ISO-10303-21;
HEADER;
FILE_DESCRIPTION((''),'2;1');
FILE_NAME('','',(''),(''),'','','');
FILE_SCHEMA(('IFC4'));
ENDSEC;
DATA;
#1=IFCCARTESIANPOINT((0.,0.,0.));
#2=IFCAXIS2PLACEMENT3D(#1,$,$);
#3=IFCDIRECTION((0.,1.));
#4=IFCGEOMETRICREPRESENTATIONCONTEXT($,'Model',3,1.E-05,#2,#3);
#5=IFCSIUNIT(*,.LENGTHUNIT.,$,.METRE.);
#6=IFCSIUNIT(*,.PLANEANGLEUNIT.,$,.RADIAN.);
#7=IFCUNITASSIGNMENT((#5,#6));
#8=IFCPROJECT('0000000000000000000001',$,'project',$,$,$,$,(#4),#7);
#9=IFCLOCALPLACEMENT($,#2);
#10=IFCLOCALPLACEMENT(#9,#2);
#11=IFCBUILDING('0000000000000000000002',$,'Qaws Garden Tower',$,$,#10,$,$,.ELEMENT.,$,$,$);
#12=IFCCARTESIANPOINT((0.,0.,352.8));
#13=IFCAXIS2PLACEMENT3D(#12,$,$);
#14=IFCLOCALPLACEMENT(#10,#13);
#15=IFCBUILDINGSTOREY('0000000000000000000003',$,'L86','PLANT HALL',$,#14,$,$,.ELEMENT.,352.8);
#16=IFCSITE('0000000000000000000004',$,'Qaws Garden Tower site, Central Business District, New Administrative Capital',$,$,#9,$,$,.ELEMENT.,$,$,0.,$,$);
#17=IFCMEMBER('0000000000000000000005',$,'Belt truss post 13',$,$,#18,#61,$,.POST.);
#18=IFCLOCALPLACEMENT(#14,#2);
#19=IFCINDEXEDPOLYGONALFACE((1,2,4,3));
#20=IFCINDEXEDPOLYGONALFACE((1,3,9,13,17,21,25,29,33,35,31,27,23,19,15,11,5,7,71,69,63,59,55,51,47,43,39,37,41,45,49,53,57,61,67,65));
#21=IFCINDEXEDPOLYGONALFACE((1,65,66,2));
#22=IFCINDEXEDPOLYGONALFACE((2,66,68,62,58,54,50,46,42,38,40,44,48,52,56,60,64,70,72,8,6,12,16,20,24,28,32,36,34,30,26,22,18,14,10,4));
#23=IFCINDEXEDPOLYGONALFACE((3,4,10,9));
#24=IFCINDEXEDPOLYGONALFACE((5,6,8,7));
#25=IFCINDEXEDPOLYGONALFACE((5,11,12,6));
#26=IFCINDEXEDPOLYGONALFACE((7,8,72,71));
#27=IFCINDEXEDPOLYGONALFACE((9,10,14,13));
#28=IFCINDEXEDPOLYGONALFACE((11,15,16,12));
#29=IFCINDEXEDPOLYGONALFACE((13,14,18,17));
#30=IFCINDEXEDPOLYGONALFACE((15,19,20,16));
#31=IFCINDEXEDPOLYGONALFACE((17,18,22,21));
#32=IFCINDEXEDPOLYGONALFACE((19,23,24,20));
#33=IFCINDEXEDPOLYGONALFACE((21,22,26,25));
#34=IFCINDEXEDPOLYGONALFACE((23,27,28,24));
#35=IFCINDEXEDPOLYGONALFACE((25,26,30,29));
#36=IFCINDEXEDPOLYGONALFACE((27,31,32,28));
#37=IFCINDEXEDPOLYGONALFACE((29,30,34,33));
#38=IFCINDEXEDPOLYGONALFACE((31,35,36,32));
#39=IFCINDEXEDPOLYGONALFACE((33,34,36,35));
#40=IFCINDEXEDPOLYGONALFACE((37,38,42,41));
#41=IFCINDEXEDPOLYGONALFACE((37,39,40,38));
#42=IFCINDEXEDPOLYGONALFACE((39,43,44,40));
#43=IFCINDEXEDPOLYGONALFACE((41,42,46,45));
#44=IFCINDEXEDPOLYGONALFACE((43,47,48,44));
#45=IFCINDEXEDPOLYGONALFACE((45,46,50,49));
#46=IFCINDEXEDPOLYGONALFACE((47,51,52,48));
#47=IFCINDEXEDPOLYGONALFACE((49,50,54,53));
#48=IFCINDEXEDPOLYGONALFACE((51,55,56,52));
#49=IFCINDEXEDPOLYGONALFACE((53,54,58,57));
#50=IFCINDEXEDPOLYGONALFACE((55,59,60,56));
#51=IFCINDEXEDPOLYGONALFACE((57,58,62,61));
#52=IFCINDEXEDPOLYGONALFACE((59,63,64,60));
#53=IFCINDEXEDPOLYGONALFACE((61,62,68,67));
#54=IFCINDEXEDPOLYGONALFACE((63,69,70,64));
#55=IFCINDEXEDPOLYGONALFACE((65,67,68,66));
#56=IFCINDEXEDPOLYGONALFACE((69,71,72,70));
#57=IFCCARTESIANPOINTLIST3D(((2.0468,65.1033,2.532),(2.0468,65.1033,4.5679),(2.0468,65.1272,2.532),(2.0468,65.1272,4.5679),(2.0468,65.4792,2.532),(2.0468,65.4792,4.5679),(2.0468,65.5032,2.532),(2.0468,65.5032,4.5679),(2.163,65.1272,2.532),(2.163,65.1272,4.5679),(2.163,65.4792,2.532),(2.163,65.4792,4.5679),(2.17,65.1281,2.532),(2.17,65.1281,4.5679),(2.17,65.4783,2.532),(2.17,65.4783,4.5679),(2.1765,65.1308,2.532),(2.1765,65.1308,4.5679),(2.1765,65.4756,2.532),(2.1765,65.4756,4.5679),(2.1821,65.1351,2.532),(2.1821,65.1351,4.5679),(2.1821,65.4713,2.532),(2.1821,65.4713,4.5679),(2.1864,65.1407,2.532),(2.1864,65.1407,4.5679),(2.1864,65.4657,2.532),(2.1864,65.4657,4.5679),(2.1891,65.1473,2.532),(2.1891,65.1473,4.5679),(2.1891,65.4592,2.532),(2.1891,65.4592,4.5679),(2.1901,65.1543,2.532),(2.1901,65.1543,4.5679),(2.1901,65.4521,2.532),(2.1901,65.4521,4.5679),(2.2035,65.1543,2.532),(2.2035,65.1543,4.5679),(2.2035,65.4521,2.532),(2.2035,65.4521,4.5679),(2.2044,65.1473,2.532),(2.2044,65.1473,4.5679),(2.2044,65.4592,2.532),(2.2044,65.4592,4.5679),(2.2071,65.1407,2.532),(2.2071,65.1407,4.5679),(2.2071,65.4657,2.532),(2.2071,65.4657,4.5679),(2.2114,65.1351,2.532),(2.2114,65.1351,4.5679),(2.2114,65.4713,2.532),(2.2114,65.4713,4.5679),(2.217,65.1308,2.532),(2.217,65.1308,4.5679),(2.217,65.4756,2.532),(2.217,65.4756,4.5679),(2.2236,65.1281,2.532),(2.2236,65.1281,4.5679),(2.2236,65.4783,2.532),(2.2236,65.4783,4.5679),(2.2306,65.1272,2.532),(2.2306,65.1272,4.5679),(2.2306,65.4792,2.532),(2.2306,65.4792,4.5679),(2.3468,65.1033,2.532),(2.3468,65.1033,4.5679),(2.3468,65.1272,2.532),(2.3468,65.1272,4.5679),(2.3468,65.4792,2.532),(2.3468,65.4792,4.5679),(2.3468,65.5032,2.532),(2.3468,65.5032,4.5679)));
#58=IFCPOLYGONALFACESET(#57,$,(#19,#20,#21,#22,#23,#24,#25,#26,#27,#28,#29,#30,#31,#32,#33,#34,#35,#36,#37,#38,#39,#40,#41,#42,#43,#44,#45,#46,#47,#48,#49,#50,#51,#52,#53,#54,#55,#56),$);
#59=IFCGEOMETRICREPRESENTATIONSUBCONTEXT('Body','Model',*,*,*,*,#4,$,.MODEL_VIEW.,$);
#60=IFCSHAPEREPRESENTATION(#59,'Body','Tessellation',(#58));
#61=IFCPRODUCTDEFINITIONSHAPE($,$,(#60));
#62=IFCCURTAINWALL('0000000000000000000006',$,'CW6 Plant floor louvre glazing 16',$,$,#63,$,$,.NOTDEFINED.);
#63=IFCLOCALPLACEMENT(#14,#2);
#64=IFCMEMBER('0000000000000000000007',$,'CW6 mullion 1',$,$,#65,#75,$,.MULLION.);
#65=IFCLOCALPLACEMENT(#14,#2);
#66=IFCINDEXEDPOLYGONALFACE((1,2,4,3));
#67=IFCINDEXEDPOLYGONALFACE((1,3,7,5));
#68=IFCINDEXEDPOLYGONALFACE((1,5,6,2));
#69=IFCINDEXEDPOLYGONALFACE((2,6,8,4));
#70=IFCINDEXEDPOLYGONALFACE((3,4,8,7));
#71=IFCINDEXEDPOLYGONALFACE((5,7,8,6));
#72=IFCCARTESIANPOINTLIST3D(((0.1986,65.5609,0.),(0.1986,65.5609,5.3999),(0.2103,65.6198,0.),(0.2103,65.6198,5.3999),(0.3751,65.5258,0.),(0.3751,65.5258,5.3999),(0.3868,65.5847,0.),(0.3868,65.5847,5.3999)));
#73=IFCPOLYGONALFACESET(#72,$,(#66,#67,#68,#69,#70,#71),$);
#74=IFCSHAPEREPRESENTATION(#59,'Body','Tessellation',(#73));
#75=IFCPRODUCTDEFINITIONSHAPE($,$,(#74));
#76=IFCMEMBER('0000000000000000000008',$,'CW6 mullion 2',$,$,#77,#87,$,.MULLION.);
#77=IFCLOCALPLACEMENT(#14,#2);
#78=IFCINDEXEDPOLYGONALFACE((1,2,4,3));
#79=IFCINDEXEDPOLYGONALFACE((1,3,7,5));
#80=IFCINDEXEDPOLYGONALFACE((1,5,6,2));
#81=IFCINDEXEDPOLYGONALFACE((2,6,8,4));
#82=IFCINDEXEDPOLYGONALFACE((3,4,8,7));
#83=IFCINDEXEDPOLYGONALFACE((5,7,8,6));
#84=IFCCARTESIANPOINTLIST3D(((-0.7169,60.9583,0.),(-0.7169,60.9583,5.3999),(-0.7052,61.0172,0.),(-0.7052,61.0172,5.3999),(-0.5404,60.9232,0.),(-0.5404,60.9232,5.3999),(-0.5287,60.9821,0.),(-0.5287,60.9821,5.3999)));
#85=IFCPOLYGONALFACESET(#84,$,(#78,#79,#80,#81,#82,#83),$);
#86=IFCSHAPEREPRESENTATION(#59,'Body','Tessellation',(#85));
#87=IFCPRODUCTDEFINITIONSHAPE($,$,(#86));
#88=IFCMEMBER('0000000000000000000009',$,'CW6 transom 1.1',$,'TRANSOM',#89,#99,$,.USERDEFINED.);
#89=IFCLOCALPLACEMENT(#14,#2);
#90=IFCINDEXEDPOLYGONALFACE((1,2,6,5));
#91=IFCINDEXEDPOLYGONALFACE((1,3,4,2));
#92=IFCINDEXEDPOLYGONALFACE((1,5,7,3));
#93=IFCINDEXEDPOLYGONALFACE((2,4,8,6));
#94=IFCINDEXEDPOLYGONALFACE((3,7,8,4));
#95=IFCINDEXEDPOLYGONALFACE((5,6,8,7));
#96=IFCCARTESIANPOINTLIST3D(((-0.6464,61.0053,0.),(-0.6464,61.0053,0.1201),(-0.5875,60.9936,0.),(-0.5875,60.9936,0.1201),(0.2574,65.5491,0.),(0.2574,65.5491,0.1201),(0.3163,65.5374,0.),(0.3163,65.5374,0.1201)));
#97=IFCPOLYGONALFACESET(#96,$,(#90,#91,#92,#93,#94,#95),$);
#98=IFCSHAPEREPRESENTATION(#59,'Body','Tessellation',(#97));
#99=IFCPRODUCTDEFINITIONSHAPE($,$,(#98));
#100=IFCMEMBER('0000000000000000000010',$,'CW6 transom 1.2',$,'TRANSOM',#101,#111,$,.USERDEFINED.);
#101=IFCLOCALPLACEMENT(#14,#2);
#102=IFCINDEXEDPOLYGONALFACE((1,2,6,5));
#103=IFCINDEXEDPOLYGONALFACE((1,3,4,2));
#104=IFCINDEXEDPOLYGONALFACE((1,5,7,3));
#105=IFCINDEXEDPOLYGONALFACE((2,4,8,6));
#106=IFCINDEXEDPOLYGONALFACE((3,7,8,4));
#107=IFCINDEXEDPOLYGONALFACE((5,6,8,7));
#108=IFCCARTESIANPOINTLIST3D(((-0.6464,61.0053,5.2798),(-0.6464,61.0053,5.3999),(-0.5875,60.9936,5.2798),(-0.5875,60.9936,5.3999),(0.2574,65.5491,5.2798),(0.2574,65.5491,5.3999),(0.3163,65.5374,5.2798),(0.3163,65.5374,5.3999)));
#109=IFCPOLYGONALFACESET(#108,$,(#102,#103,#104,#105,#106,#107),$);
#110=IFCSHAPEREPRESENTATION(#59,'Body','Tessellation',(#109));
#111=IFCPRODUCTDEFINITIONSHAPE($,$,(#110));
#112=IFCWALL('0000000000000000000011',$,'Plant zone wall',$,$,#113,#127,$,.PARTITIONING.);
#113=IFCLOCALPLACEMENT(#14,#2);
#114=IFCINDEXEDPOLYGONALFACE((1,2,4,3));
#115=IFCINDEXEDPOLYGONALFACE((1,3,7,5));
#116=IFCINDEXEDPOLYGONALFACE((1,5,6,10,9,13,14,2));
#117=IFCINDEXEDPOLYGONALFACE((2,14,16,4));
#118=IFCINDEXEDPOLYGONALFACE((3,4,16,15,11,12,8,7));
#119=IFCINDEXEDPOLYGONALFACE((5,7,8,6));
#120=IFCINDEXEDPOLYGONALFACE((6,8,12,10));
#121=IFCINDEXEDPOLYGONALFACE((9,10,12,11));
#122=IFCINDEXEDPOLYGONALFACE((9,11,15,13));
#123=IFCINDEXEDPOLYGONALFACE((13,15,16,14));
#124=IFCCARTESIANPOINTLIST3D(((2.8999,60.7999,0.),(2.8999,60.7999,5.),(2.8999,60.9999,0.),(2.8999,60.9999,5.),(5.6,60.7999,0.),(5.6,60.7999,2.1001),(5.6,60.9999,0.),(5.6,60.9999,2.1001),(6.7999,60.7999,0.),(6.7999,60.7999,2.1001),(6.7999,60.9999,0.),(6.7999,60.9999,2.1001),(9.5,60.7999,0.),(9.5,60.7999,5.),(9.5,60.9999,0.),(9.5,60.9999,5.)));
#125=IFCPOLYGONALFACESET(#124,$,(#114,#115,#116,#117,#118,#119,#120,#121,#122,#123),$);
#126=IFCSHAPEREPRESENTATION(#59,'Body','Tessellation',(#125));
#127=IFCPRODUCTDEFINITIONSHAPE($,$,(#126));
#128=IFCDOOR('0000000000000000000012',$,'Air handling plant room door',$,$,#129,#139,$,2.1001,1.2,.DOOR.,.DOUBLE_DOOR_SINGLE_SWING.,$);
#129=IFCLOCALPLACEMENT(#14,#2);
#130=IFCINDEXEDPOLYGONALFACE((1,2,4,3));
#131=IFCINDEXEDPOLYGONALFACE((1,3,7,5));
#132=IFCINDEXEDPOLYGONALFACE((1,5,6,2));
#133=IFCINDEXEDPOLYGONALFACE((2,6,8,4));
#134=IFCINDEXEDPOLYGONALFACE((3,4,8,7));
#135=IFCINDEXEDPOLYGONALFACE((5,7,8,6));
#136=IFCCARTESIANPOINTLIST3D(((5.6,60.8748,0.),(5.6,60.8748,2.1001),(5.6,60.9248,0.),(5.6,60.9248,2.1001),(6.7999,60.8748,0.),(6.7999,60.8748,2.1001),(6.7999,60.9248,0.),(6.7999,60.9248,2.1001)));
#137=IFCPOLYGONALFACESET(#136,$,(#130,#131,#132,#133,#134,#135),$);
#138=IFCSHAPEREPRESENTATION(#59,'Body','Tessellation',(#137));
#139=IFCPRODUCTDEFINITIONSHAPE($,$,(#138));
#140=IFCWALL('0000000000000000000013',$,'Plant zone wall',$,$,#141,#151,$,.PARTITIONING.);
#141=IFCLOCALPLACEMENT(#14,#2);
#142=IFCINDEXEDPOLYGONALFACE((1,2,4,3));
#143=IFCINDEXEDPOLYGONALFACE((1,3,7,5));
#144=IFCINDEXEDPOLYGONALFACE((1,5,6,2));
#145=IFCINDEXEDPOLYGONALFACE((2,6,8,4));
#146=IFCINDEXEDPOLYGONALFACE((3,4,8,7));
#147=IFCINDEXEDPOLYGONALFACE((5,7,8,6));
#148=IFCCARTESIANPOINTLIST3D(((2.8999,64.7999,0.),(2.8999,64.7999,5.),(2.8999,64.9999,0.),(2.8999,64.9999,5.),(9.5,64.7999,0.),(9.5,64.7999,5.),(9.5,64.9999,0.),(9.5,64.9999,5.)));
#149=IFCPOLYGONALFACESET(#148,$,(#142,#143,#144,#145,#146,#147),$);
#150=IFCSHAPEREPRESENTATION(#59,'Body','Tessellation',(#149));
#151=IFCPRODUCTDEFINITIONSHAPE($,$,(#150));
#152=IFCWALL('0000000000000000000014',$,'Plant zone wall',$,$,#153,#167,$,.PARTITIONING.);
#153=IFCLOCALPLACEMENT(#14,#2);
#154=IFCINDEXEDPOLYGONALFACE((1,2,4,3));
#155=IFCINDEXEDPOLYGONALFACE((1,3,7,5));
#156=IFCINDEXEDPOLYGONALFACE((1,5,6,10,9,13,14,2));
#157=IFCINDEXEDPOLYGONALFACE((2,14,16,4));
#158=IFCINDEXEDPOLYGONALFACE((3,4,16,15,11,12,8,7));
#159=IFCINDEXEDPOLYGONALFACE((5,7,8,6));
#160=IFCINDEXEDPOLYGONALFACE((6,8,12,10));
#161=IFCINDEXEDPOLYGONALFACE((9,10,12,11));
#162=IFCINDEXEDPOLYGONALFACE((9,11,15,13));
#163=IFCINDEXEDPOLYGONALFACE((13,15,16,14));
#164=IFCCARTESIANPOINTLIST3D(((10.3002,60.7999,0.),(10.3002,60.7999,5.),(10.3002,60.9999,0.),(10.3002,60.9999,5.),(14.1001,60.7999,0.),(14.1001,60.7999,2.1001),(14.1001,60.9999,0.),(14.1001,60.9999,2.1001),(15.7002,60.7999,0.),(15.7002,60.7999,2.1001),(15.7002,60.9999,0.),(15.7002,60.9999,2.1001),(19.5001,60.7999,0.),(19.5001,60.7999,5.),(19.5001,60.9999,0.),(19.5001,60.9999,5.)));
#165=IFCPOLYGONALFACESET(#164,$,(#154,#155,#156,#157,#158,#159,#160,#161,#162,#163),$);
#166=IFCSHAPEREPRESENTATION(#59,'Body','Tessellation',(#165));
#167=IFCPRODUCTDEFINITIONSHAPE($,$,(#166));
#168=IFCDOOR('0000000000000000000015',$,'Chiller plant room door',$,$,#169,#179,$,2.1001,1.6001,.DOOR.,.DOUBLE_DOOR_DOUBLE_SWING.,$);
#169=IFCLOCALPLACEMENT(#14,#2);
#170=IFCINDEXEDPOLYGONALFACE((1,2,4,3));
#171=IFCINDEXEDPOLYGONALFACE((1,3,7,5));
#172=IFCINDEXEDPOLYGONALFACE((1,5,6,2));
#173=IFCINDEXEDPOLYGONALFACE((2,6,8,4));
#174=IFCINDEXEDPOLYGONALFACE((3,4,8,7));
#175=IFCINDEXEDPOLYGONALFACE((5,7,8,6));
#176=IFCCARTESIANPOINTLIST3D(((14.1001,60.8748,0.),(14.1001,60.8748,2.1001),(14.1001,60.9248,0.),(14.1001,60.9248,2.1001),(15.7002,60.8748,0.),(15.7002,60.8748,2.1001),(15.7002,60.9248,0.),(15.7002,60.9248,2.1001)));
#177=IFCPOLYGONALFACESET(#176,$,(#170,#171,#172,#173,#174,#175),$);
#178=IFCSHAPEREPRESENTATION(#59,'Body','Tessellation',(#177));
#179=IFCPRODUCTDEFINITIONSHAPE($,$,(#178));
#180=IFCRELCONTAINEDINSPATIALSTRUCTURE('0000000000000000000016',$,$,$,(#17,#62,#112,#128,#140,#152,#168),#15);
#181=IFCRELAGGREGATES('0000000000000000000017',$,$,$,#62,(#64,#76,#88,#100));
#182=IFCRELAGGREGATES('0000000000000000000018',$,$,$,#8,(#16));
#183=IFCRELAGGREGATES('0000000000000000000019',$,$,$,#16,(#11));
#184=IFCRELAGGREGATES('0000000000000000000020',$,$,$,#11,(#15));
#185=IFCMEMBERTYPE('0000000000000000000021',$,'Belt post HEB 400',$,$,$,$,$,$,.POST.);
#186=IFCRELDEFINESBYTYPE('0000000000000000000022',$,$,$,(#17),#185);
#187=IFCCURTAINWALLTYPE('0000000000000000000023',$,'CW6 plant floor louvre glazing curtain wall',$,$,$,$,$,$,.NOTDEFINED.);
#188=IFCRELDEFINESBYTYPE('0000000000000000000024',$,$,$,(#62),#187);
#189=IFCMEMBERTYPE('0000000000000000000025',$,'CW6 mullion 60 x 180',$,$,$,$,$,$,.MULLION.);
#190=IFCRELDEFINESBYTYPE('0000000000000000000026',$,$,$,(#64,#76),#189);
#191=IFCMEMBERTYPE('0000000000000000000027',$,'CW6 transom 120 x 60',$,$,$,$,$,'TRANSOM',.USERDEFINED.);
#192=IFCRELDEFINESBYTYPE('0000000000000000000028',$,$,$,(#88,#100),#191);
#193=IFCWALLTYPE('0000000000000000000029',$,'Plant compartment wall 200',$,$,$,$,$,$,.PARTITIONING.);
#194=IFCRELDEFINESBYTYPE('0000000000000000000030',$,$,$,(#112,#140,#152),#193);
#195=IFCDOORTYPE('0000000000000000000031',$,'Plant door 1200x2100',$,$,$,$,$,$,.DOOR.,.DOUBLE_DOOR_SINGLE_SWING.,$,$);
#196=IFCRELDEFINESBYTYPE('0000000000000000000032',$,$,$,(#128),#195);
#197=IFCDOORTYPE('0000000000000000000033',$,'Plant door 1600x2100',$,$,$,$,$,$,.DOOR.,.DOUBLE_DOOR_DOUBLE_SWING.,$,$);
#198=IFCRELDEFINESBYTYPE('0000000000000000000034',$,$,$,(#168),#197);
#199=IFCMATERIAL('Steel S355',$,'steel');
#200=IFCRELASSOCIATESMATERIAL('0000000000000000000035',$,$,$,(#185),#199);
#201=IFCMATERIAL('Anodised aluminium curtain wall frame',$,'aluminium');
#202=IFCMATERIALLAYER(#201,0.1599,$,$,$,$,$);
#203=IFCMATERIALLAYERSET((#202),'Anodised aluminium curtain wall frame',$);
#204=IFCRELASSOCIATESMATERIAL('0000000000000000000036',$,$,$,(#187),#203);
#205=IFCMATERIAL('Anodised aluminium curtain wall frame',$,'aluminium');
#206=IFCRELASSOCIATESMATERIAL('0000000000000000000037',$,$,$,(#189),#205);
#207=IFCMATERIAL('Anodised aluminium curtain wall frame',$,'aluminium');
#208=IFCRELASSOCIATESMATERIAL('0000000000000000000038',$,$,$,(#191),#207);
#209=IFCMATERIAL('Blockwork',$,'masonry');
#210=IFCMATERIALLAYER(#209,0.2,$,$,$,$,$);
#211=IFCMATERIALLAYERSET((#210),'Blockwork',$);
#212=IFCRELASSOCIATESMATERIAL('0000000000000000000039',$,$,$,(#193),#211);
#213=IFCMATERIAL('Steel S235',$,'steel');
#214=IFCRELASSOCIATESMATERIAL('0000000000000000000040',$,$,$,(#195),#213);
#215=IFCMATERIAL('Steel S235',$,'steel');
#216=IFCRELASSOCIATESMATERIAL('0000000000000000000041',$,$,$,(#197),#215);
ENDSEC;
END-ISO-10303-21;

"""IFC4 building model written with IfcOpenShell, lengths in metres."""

from ifc_helpers import new_model, si_unit, direction, frame, frame_2d, origin, origin_2d, place, context, subcontext, project, spatial, rectangle, i_section, extrude, material, layer, layer_set, material_profile, profile_set, type_object, element, fill, aggregate, save


model = new_model("IFC4")

# Units and contexts
model_context = context("Model", 3, precision=1e-05, world=origin(), true_north=direction((0.0, 1.0)))
body_context = subcontext(model_context, "Body", "Model", "MODEL_VIEW")
ifc_project = project(units=[si_unit("LENGTHUNIT", "METRE"), si_unit("PLANEANGLEUNIT", "RADIAN")], contexts=[model_context])

# Site, building, storey
site_placement = place(None, origin())
site = spatial("IfcSite", under=ifc_project, at=site_placement, Name="Qaws Garden Tower site, Central Business District, New Administrative Capital", CompositionType="ELEMENT", RefElevation=0.0)
building_placement = place(site_placement, origin())
building = spatial("IfcBuilding", under=site, at=building_placement, Name="Qaws Garden Tower", CompositionType="ELEMENT")
storey_placement = place(building_placement, frame((0.0, 0.0, 352.8)))
storey = spatial("IfcBuildingStorey", under=building, at=storey_placement, Name="L86", Description="PLANT HALL", CompositionType="ELEMENT", Elevation=352.8)

# Member
ifc_material_1 = material(Name="Steel S355", Category="steel")
ifc_material_profile_1 = material_profile(ifc_material_1, i_section(OverallWidth=0.3, OverallDepth=0.3999, WebThickness=0.0134, FlangeThickness=0.0239, FilletRadius=0.0271, at=origin_2d()), Name="HEB 400")
ifc_profile_set_1 = profile_set([ifc_material_profile_1], Name="Steel S355")
member_type_1 = type_object("IfcMemberType", Name="Belt post HEB 400", PredefinedType="POST", material=ifc_profile_set_1)
member_1_placement = place(storey_placement, frame((2.1968, 65.3032, 2.532), z_axis=(0.0, 0.0, 1.0), x_axis=(1.0, 0.0, 0.0)))
element("IfcMember", 1, at=member_1_placement, inside=storey, type_object=member_type_1, Name="Belt truss post 13", PredefinedType="POST", context=body_context, shape_type="SweptSolid", body=[
    extrude(i_section(OverallWidth=0.3, OverallDepth=0.3999, WebThickness=0.0134, FlangeThickness=0.0239, FilletRadius=0.0271, at=origin_2d()), origin(), (0.0, 0.0, 1.0), 2.0359),
])

# Curtain wall, members
ifc_material_2 = material(Name="Anodised aluminium curtain wall frame", Category="aluminium")
ifc_layer_1 = layer(ifc_material_2, 0.1599)
ifc_layer_set_1 = layer_set([ifc_layer_1], Name="Anodised aluminium curtain wall frame")
curtain_wall_type = type_object("IfcCurtainWallType", Name="CW6 plant floor louvre glazing curtain wall", PredefinedType="NOTDEFINED", material=ifc_layer_set_1)
placement_1 = place(storey_placement, origin())
curtain_wall_1 = element("IfcCurtainWall", 2, at=placement_1, inside=storey, type_object=curtain_wall_type, Name="CW6 Plant floor louvre glazing 16", PredefinedType="NOTDEFINED")
ifc_material_3 = material(Name="Anodised aluminium curtain wall frame", Category="aluminium")
ifc_material_profile_2 = material_profile(ifc_material_3, rectangle(XDim=0.1799, YDim=0.0601, at=origin_2d()), Name="AL 60x180")
ifc_profile_set_2 = profile_set([ifc_material_profile_2], Name="Anodised aluminium curtain wall frame")
member_type_2 = type_object("IfcMemberType", Name="CW6 mullion 60 x 180", PredefinedType="MULLION", material=ifc_profile_set_2)
member_2_placement = place(storey_placement, frame((0.2927, 65.5728, 0.0), z_axis=(0.0, 0.0, 1.0), x_axis=(0.980785, -0.19509, 0.0)))
member_2 = element("IfcMember", 3, at=member_2_placement, type_object=member_type_2, Name="CW6 mullion 1", PredefinedType="MULLION", context=body_context, shape_type="SweptSolid", body=[
    extrude(rectangle(XDim=0.1799, YDim=0.0601, at=origin_2d()), origin(), (0.0, 0.0, 1.0), 5.3999),
])
member_3_placement = place(storey_placement, frame((-0.6228, 60.9702, 0.0), z_axis=(0.0, 0.0, 1.0), x_axis=(0.980785, -0.19509, 0.0)))
member_3 = element("IfcMember", 4, at=member_3_placement, type_object=member_type_2, Name="CW6 mullion 2", PredefinedType="MULLION", context=body_context, shape_type="SweptSolid", body=[
    extrude(rectangle(XDim=0.1799, YDim=0.0601, at=origin_2d()), origin(), (0.0, 0.0, 1.0), 5.3999),
])
ifc_material_4 = material(Name="Anodised aluminium curtain wall frame", Category="aluminium")
ifc_material_profile_3 = material_profile(ifc_material_4, rectangle(XDim=0.0601, YDim=0.1201, at=origin_2d()), Name="AL 60x120")
ifc_profile_set_3 = profile_set([ifc_material_profile_3], Name="Anodised aluminium curtain wall frame")
member_type_3 = type_object("IfcMemberType", Name="CW6 transom 120 x 60", ElementType="TRANSOM", PredefinedType="USERDEFINED", material=ifc_profile_set_3)
member_4_placement = place(storey_placement, frame((0.2869, 65.5432, 0.0601), z_axis=(-0.195092, -0.980785, 0.0), x_axis=(0.980785, -0.195092, 0.0)))
member_4 = element("IfcMember", 5, at=member_4_placement, type_object=member_type_3, Name="CW6 transom 1.1", ObjectType="TRANSOM", PredefinedType="USERDEFINED", context=body_context, shape_type="SweptSolid", body=[
    extrude(rectangle(XDim=0.0601, YDim=0.1201, at=origin_2d()), origin(), (0.0, 0.0, 1.0), 4.6328),
])
member_5_placement = place(storey_placement, frame((0.2869, 65.5432, 5.3398), z_axis=(-0.195092, -0.980785, 0.0), x_axis=(0.980785, -0.195092, 0.0)))
member_5 = element("IfcMember", 6, at=member_5_placement, type_object=member_type_3, Name="CW6 transom 1.2", ObjectType="TRANSOM", PredefinedType="USERDEFINED", context=body_context, shape_type="SweptSolid", body=[
    extrude(rectangle(XDim=0.0601, YDim=0.1201, at=origin_2d()), origin(), (0.0, 0.0, 1.0), 4.6328),
])
aggregate(curtain_wall_1, [member_2, member_3, member_4, member_5])

# Wall, opening, door
ifc_material_5 = material(Name="Blockwork", Category="masonry")
ifc_layer_2 = layer(ifc_material_5, 0.2)
ifc_layer_set_2 = layer_set([ifc_layer_2], Name="Blockwork")
wall_type = type_object("IfcWallType", Name="Plant compartment wall 200", PredefinedType="PARTITIONING", material=ifc_layer_set_2)
wall_1_placement = place(storey_placement, frame((2.8999, 60.8999, 0.0), z_axis=(0.0, 0.0, 1.0), x_axis=(1.0, 0.0, 0.0)))
wall_1 = element("IfcWall", 7, at=wall_1_placement, inside=storey, type_object=wall_type, Name="Plant zone wall", PredefinedType="PARTITIONING", context=body_context, shape_type="SweptSolid", body=[
    extrude(rectangle(XDim=6.6001, YDim=0.2, at=frame_2d((3.3, 0.0))), origin(), (0.0, 0.0, 1.0), 5.0),
])
opening_1_placement = place(wall_1_placement, frame((2.7, 0.0, 0.0)))
opening_1 = element("IfcOpeningElement", 8, at=opening_1_placement, cuts=wall_1, PredefinedType="OPENING", context=body_context, shape_type="SweptSolid", body=[
    extrude(rectangle(XDim=1.2, YDim=2.1001, at=frame_2d((0.6001, 1.05))), frame((0.0, 0.1099, 0.0), z_axis=(0.0, -1.0, 0.0), x_axis=(1.0, 0.0, 0.0)), (0.0, 0.0, 1.0), 0.22),
])
ifc_material_6 = material(Name="Steel S235", Category="steel")
door_type_1 = type_object("IfcDoorType", Name="Plant door 1200x2100", OperationType="DOUBLE_DOOR_SINGLE_SWING", PredefinedType="DOOR", material=ifc_material_6)
door_1_placement = place(opening_1_placement, origin())
door_1 = element("IfcDoor", 9, at=door_1_placement, inside=storey, type_object=door_type_1, Name="Air handling plant room door", OperationType="DOUBLE_DOOR_SINGLE_SWING", OverallHeight=2.1001, OverallWidth=1.2, PredefinedType="DOOR", context=body_context, shape_type="SweptSolid", body=[
    extrude(rectangle(XDim=1.2, YDim=2.1001, at=frame_2d((0.6001, 1.05))), frame((0.0, 0.0249, 0.0), z_axis=(0.0, -1.0, 0.0), x_axis=(1.0, 0.0, 0.0)), (0.0, 0.0, 1.0), 0.05),
])
fill(opening_1, door_1)

# Wall
wall_2_placement = place(storey_placement, frame((2.8999, 64.8999, 0.0), z_axis=(0.0, 0.0, 1.0), x_axis=(1.0, 0.0, 0.0)))
element("IfcWall", 10, at=wall_2_placement, inside=storey, type_object=wall_type, Name="Plant zone wall", PredefinedType="PARTITIONING", context=body_context, shape_type="SweptSolid", body=[
    extrude(rectangle(XDim=6.6001, YDim=0.2, at=frame_2d((3.3, 0.0))), origin(), (0.0, 0.0, 1.0), 5.0),
])

# Wall, opening, door
wall_3_placement = place(storey_placement, frame((10.3, 60.8999, 0.0), z_axis=(0.0, 0.0, 1.0), x_axis=(1.0, 0.0, 0.0)))
wall_3 = element("IfcWall", 11, at=wall_3_placement, inside=storey, type_object=wall_type, Name="Plant zone wall", PredefinedType="PARTITIONING", context=body_context, shape_type="SweptSolid", body=[
    extrude(rectangle(XDim=9.2, YDim=0.2, at=frame_2d((4.6001, 0.0))), origin(), (0.0, 0.0, 1.0), 5.0),
])
opening_2_placement = place(wall_3_placement, frame((3.8, 0.0, 0.0)))
opening_2 = element("IfcOpeningElement", 12, at=opening_2_placement, cuts=wall_3, PredefinedType="OPENING", context=body_context, shape_type="SweptSolid", body=[
    extrude(rectangle(XDim=1.6001, YDim=2.1001, at=frame_2d((0.8, 1.05))), frame((0.0, 0.1099, 0.0), z_axis=(0.0, -1.0, 0.0), x_axis=(1.0, 0.0, 0.0)), (0.0, 0.0, 1.0), 0.22),
])
ifc_material_7 = material(Name="Steel S235", Category="steel")
door_type_2 = type_object("IfcDoorType", Name="Plant door 1600x2100", OperationType="DOUBLE_DOOR_DOUBLE_SWING", PredefinedType="DOOR", material=ifc_material_7)
door_2_placement = place(opening_2_placement, origin())
door_2 = element("IfcDoor", 13, at=door_2_placement, inside=storey, type_object=door_type_2, Name="Chiller plant room door", OperationType="DOUBLE_DOOR_DOUBLE_SWING", OverallHeight=2.1001, OverallWidth=1.6001, PredefinedType="DOOR", context=body_context, shape_type="SweptSolid", body=[
    extrude(rectangle(XDim=1.6001, YDim=2.1001, at=frame_2d((0.8, 1.05))), frame((0.0, 0.0249, 0.0), z_axis=(0.0, -1.0, 0.0), x_axis=(1.0, 0.0, 0.0)), (0.0, 0.0, 1.0), 0.05),
])
fill(opening_2, door_2)

save(model, "model.ifc")
